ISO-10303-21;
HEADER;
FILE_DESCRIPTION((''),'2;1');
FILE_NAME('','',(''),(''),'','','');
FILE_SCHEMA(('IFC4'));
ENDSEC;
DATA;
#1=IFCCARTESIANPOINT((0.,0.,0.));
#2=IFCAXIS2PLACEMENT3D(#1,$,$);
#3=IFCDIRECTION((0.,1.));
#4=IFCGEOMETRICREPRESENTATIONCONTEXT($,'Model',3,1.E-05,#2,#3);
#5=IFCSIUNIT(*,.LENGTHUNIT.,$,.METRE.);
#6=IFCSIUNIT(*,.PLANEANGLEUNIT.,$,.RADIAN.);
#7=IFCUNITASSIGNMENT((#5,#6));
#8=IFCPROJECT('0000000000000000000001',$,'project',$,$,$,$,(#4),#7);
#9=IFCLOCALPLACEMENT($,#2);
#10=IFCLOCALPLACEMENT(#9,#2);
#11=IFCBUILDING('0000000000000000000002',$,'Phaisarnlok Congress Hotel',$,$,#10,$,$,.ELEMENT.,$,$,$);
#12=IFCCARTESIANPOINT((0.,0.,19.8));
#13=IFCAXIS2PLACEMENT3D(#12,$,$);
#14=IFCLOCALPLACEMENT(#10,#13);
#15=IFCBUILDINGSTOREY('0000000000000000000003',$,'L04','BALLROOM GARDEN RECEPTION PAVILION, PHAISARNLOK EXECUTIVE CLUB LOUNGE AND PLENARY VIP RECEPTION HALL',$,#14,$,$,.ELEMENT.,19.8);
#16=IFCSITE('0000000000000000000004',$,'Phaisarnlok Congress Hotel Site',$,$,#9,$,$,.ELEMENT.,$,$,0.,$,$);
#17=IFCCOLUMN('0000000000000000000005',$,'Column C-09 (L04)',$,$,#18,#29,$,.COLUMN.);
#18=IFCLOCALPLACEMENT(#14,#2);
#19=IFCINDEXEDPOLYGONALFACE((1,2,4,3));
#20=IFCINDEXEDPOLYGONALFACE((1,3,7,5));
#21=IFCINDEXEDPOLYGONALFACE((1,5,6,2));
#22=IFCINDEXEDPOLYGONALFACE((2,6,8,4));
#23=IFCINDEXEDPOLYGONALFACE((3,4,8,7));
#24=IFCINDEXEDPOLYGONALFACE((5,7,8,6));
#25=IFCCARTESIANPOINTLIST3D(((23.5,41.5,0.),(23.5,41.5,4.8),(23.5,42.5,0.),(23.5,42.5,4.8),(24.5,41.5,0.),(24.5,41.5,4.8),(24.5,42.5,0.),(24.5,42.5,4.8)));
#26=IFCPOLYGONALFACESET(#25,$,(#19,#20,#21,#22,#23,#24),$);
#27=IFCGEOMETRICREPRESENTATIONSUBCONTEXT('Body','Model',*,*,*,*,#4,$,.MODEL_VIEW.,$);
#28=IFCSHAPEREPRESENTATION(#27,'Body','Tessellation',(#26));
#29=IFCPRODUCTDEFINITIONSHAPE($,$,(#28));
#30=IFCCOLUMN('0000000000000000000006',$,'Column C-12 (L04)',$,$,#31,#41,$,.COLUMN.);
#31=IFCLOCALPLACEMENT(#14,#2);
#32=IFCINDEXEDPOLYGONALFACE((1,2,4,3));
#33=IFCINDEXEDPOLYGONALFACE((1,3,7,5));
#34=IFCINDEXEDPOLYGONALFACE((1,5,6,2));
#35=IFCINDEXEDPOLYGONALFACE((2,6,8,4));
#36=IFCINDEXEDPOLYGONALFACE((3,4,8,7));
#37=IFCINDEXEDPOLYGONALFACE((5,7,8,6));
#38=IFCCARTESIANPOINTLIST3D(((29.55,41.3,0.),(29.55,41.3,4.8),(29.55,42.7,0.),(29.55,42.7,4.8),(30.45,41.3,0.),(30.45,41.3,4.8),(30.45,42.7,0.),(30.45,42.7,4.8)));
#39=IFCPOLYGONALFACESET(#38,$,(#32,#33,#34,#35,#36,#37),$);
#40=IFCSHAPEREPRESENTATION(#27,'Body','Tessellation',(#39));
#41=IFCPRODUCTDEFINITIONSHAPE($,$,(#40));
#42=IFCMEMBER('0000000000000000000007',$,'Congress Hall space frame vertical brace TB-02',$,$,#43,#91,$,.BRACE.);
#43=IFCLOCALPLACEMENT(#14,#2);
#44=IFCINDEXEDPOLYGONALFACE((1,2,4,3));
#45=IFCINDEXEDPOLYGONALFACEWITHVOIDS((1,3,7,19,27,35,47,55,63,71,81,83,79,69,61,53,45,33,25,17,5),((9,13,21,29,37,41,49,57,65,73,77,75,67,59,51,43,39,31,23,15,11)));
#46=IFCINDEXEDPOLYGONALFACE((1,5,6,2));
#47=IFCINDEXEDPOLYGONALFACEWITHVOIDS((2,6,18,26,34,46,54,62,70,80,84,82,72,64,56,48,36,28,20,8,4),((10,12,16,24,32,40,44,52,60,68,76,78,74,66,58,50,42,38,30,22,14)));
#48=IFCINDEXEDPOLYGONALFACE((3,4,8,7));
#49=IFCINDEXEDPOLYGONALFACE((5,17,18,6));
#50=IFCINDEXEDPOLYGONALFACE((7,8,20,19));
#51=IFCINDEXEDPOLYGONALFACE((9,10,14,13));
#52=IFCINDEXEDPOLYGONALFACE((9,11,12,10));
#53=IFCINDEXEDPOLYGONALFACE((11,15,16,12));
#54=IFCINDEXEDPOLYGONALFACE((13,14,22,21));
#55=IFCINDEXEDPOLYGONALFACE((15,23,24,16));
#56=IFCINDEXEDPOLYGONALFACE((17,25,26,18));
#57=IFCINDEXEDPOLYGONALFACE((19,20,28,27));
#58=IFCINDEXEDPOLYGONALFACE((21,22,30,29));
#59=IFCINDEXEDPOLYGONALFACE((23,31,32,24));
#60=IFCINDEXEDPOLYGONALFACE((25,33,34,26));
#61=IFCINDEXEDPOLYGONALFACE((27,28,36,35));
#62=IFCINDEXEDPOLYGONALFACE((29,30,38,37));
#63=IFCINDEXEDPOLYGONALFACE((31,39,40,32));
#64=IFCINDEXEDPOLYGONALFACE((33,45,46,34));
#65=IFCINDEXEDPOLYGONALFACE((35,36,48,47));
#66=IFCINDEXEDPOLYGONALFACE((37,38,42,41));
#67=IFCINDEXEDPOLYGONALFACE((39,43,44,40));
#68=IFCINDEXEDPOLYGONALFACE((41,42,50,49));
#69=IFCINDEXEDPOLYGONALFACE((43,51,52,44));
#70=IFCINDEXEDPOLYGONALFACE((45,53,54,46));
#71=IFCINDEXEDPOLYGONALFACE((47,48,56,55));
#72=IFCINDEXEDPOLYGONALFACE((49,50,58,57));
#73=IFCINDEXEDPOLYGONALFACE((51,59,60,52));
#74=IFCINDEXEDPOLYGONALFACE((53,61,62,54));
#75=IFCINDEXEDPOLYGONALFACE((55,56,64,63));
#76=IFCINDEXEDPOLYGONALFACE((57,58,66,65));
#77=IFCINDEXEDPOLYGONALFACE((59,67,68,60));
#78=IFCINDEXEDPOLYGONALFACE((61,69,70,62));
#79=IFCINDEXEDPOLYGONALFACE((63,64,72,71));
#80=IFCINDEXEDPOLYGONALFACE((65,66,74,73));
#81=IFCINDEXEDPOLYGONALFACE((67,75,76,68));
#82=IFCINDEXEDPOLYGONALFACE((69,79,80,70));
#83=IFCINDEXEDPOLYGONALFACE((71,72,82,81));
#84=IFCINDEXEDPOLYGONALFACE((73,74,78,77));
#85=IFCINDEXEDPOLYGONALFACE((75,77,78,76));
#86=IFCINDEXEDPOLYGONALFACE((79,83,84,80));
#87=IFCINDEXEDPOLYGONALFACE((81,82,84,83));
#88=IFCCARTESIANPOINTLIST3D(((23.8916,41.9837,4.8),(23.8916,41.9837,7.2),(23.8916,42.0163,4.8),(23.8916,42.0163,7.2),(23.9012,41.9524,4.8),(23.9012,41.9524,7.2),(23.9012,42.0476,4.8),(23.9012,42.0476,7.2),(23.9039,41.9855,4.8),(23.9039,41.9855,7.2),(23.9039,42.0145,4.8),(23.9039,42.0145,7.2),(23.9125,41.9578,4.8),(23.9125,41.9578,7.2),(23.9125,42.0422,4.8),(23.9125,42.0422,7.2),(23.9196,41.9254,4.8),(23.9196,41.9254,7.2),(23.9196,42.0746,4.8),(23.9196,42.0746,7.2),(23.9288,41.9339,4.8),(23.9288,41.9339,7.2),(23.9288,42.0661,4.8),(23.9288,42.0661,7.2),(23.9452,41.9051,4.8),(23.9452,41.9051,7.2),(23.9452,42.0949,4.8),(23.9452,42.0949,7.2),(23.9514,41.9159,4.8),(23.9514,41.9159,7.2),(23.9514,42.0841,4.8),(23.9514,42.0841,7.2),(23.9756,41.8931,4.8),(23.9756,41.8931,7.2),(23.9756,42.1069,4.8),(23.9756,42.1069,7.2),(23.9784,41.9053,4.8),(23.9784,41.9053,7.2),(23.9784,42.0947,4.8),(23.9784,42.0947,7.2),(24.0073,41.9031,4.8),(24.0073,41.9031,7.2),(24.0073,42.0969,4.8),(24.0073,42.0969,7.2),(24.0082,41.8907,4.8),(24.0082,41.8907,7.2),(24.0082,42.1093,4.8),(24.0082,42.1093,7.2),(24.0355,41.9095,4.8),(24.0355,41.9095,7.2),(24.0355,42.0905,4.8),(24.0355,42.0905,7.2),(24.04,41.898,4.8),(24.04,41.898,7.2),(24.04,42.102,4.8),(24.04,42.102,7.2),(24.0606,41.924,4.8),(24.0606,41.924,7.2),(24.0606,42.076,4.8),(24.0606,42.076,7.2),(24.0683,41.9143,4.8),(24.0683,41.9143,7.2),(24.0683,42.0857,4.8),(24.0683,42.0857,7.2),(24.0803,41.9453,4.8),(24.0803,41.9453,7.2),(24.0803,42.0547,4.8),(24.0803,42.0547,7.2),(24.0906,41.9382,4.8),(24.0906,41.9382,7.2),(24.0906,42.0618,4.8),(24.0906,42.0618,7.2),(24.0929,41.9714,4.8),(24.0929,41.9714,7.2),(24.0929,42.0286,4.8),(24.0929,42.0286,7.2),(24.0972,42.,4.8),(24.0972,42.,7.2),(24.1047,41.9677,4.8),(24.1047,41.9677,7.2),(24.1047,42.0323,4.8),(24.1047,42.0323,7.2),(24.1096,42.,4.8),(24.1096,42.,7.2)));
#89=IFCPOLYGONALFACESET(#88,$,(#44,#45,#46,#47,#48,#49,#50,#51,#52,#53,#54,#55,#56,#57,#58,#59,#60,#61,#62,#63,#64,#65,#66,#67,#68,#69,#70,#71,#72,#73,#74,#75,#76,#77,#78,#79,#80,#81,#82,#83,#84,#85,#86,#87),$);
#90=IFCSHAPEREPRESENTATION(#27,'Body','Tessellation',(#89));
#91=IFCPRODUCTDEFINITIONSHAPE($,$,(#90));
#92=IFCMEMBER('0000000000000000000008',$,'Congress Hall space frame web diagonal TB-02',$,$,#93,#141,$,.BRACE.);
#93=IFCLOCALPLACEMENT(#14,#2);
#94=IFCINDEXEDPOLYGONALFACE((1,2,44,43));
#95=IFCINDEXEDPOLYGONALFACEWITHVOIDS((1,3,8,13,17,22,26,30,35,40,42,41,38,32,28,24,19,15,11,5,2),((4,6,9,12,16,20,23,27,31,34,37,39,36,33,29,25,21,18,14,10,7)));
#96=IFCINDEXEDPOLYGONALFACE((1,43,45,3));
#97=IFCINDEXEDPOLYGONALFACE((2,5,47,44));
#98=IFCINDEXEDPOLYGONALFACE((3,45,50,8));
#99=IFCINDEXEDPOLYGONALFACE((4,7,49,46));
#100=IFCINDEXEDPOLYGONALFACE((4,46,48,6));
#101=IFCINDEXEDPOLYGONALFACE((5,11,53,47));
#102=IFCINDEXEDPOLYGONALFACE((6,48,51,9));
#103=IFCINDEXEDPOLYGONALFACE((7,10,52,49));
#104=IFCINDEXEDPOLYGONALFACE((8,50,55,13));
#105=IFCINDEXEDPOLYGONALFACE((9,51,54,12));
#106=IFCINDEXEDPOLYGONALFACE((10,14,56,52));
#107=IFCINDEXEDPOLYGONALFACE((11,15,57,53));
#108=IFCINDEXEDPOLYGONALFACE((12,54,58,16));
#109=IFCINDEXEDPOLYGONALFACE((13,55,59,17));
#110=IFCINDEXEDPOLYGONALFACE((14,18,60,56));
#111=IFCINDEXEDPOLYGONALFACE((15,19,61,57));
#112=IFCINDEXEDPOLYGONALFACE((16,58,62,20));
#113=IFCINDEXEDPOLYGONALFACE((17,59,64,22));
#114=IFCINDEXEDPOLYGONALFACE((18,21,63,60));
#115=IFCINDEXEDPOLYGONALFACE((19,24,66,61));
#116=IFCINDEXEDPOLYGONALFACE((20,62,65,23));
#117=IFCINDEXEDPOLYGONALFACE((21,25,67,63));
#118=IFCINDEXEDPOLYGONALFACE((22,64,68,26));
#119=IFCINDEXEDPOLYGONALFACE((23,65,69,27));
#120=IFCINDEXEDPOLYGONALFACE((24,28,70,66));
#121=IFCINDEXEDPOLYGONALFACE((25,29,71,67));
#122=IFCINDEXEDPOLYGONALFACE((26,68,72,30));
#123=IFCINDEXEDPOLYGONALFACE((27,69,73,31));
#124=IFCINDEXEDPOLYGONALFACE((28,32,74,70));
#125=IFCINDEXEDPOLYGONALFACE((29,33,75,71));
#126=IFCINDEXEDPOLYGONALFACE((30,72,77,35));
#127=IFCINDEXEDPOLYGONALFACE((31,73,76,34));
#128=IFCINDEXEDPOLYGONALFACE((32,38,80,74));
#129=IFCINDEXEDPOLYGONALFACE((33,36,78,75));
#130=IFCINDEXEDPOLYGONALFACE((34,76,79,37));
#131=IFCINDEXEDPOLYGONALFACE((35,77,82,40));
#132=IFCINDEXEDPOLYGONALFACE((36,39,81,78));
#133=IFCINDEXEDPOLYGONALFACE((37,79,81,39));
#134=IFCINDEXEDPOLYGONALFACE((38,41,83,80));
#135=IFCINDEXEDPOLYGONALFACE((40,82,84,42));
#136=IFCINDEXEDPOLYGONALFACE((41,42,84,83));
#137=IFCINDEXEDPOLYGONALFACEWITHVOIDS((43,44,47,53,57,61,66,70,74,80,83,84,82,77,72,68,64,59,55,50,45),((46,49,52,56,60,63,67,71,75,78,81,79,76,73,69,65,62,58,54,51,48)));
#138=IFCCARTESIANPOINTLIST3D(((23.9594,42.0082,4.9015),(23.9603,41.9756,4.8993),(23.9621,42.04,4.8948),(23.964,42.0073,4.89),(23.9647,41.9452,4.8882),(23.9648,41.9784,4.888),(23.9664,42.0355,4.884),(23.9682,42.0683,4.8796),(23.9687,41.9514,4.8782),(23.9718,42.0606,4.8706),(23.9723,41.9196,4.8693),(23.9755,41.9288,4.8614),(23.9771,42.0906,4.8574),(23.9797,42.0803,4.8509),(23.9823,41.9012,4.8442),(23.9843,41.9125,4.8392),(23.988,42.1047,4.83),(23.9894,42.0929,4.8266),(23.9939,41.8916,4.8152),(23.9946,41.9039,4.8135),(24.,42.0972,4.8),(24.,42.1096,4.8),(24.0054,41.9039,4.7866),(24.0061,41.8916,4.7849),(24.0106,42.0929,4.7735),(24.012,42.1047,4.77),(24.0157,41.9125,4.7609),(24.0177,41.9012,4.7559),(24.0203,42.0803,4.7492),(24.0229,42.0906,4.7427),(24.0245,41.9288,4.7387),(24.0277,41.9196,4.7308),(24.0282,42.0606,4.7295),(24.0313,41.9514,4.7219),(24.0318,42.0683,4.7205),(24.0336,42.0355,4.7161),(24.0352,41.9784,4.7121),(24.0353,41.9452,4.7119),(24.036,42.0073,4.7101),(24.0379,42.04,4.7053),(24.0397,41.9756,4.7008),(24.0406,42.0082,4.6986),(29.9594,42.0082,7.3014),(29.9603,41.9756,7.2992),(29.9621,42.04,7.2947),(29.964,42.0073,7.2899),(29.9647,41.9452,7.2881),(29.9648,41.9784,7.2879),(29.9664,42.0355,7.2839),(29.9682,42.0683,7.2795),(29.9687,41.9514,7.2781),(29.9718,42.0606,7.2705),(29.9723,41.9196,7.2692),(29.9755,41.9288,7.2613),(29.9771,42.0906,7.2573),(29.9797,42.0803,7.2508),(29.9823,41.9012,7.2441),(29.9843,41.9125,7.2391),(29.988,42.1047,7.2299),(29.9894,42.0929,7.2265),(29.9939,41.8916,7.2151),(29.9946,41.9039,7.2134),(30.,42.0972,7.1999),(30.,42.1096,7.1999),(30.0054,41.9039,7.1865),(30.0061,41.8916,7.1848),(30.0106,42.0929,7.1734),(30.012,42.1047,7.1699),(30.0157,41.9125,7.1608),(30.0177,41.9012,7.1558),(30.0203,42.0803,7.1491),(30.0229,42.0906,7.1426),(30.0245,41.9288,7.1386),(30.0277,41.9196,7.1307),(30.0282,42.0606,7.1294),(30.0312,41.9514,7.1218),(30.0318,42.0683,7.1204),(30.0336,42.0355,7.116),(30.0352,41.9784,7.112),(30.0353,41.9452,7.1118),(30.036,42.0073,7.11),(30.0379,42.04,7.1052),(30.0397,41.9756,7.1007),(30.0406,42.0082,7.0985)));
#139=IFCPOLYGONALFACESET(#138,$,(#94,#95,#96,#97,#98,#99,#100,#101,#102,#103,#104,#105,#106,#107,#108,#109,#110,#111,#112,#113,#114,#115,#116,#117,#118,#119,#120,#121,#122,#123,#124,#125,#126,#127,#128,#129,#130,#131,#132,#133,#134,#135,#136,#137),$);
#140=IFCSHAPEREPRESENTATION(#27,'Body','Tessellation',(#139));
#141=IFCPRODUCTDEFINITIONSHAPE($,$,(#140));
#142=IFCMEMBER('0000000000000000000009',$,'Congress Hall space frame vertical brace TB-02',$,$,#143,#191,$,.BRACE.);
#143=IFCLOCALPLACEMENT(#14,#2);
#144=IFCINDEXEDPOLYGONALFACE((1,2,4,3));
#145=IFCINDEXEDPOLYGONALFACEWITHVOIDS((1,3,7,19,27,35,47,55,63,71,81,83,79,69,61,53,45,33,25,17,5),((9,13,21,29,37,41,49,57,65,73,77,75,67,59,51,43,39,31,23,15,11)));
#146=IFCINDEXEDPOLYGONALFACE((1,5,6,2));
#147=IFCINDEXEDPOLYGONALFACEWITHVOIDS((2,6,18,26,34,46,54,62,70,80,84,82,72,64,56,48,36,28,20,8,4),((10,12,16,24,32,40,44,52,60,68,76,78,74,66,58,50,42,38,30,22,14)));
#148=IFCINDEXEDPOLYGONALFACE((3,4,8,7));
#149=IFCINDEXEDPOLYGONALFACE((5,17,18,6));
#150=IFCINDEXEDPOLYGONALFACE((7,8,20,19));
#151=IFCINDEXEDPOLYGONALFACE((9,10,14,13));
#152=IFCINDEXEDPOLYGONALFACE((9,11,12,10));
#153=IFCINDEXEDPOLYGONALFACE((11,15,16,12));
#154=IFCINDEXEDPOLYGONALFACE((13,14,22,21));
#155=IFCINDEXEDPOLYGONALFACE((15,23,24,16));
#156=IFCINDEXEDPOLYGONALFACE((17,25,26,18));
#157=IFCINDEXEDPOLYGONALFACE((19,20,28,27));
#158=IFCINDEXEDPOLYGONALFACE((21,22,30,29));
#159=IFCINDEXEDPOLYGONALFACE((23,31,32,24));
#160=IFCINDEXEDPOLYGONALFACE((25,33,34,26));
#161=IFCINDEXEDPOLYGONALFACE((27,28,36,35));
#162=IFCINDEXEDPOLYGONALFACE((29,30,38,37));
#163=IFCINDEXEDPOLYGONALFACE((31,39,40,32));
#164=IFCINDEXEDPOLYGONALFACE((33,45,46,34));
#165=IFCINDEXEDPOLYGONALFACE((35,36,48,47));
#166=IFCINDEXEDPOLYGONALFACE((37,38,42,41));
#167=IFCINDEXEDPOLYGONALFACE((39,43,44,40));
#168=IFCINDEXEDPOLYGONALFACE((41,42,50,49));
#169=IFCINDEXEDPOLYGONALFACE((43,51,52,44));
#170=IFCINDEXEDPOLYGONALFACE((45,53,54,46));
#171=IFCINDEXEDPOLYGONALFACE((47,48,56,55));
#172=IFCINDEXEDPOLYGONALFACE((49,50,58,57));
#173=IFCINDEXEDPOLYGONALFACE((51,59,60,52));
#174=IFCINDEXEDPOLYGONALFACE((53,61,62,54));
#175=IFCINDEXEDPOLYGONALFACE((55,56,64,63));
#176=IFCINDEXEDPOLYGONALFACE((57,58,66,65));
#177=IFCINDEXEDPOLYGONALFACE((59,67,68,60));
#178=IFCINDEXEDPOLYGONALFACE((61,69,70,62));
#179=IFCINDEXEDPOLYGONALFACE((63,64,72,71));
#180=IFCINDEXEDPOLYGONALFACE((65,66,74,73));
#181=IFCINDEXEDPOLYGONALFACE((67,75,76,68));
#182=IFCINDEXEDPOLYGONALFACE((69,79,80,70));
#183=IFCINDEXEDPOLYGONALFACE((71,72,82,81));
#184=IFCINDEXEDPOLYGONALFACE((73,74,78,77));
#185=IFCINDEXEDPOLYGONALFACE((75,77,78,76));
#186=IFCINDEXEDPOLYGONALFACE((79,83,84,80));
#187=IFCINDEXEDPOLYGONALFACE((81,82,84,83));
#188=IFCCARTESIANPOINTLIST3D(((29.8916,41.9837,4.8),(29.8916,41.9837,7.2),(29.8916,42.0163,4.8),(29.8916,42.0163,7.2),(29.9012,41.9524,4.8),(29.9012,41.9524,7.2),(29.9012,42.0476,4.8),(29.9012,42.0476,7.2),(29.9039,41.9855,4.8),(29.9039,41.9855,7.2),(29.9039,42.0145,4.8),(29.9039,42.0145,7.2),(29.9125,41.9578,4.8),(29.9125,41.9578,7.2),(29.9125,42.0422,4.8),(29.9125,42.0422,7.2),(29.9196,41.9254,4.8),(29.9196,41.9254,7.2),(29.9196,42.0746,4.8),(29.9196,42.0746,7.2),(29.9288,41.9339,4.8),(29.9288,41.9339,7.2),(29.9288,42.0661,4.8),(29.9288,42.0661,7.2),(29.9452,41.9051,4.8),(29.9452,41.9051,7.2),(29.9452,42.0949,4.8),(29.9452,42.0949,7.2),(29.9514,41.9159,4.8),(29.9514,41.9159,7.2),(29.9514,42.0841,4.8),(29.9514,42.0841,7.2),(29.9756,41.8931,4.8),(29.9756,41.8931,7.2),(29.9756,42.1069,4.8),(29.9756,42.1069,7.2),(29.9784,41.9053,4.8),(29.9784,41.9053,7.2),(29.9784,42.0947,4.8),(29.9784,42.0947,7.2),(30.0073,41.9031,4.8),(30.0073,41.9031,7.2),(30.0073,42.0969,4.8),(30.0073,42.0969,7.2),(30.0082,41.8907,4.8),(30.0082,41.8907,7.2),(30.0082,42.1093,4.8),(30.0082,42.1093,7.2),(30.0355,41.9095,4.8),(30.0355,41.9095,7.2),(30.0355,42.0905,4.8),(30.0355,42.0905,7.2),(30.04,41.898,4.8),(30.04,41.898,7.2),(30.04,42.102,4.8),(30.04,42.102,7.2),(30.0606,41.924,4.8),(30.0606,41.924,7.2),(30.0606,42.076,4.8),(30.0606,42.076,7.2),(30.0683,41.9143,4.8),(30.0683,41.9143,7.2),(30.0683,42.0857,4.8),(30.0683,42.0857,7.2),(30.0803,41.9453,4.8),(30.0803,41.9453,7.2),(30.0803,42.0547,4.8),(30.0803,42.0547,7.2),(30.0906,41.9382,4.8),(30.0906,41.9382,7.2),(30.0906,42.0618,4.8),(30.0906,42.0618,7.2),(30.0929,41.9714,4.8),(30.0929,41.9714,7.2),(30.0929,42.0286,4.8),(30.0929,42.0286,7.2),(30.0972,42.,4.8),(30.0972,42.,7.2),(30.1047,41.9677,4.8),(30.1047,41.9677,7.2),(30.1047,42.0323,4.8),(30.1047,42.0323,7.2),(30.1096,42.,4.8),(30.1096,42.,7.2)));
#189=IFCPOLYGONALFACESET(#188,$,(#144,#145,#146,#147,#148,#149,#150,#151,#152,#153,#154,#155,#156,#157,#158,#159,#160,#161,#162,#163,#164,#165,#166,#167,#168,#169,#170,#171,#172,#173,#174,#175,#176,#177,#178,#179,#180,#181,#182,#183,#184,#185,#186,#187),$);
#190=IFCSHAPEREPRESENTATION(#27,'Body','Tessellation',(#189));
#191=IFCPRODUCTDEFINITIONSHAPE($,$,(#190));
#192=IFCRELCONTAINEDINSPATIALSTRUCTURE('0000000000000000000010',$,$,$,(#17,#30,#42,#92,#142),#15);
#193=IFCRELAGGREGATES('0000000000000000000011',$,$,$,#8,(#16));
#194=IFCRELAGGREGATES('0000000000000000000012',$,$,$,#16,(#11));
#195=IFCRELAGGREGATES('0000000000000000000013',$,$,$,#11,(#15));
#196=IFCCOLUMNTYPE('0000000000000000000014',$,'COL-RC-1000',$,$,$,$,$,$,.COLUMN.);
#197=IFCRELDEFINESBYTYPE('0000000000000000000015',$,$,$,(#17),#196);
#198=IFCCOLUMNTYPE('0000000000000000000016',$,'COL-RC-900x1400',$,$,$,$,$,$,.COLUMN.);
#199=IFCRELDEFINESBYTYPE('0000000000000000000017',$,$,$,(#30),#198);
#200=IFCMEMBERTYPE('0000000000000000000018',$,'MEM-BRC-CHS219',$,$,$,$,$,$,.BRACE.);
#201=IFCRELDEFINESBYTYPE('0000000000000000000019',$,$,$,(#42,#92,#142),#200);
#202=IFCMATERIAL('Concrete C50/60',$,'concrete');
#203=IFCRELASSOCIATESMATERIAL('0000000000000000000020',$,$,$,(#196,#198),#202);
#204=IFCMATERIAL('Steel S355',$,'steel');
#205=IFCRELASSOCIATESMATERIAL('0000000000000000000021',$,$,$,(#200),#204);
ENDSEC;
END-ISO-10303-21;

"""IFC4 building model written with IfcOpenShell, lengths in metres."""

from ifc_helpers import new_model, si_unit, direction, frame, origin, origin_2d, place, context, subcontext, project, spatial, rectangle, hollow_circle, extrude, material, material_profile, profile_set, type_object, element, save


model = new_model("IFC4")

# Units and contexts
model_context = context("Model", 3, precision=1e-05, world=origin(), true_north=direction((0.0, 1.0)))
body_context = subcontext(model_context, "Body", "Model", "MODEL_VIEW")
ifc_project = project(units=[si_unit("LENGTHUNIT", "METRE"), si_unit("PLANEANGLEUNIT", "RADIAN")], contexts=[model_context])

# Site, building, storey
site_placement = place(None, origin())
site = spatial("IfcSite", under=ifc_project, at=site_placement, Name="Phaisarnlok Congress Hotel Site", CompositionType="ELEMENT", RefElevation=0.0)
building_placement = place(site_placement, origin())
building = spatial("IfcBuilding", under=site, at=building_placement, Name="Phaisarnlok Congress Hotel", CompositionType="ELEMENT")
storey_placement = place(building_placement, frame((0.0, 0.0, 19.8)))
storey = spatial("IfcBuildingStorey", under=building, at=storey_placement, Name="L04", Description="BALLROOM GARDEN RECEPTION PAVILION, PHAISARNLOK EXECUTIVE CLUB LOUNGE AND PLENARY VIP RECEPTION HALL", CompositionType="ELEMENT", Elevation=19.8)

# Columns
ifc_material_1 = material(Name="Concrete C50/60", Category="concrete")
ifc_material_profile_1 = material_profile(ifc_material_1, rectangle(XDim=1.0, YDim=1.0, at=origin_2d()), Name="RC 1000x1000")
ifc_profile_set_1 = profile_set([ifc_material_profile_1], Name="Concrete C50/60")
column_type_1 = type_object("IfcColumnType", Name="COL-RC-1000", PredefinedType="COLUMN", material=ifc_profile_set_1)
column_1_placement = place(storey_placement, frame((24.0, 42.0, 0.0), z_axis=(0.0, 0.0, 1.0), x_axis=(1.0, 0.0, 0.0)))
element("IfcColumn", 1, at=column_1_placement, inside=storey, type_object=column_type_1, Name="Column C-09 (L04)", PredefinedType="COLUMN", context=body_context, shape_type="SweptSolid", body=[
    extrude(rectangle(XDim=1.0, YDim=1.0, at=origin_2d()), origin(), (0.0, 0.0, 1.0), 4.8),
])
ifc_material_profile_2 = material_profile(ifc_material_1, rectangle(XDim=0.8999, YDim=1.3999, at=origin_2d()), Name="RC 900x1400")
ifc_profile_set_2 = profile_set([ifc_material_profile_2], Name="Concrete C50/60")
column_type_2 = type_object("IfcColumnType", Name="COL-RC-900x1400", PredefinedType="COLUMN", material=ifc_profile_set_2)
column_2_placement = place(storey_placement, frame((30.0, 42.0, 0.0), z_axis=(0.0, 0.0, 1.0), x_axis=(1.0, 0.0, 0.0)))
element("IfcColumn", 2, at=column_2_placement, inside=storey, type_object=column_type_2, Name="Column C-12 (L04)", PredefinedType="COLUMN", context=body_context, shape_type="SweptSolid", body=[
    extrude(rectangle(XDim=0.8999, YDim=1.3999, at=origin_2d()), origin(), (0.0, 0.0, 1.0), 4.8),
])

# Members
ifc_material_2 = material(Name="Steel S355", Category="steel")
ifc_material_profile_3 = material_profile(ifc_material_2, hollow_circle(Radius=0.1096, WallThickness=0.0125, at=origin_2d()), Name="CHS 219.1x12.5")
ifc_profile_set_3 = profile_set([ifc_material_profile_3], Name="Steel S355")
member_type_1 = type_object("IfcMemberType", Name="MEM-BRC-CHS219", PredefinedType="BRACE", material=ifc_profile_set_3)
member_1_placement = place(storey_placement, frame((24.0, 42.0, 4.8), z_axis=(0.0, 0.0, 1.0), x_axis=(1.0, 0.0, 0.0)))
element("IfcMember", 3, at=member_1_placement, inside=storey, type_object=member_type_1, Name="Congress Hall space frame vertical brace TB-02", PredefinedType="BRACE", context=body_context, shape_type="SweptSolid", body=[
    extrude(hollow_circle(Radius=0.1096, WallThickness=0.0125, at=origin_2d()), origin(), (0.0, 0.0, 1.0), 2.3999),
])
member_2_placement = place(storey_placement, frame((24.0, 42.0, 4.8), z_axis=(0.928482, 0.0, 0.371378), x_axis=(0.0, 1.0, 0.0)))
element("IfcMember", 4, at=member_2_placement, inside=storey, type_object=member_type_1, Name="Congress Hall space frame web diagonal TB-02", PredefinedType="BRACE", context=body_context, shape_type="SweptSolid", body=[
    extrude(hollow_circle(Radius=0.1096, WallThickness=0.0125, at=origin_2d()), origin(), (0.0, 0.0, 1.0), 6.4622),
])
member_3_placement = place(storey_placement, frame((30.0, 42.0, 4.8), z_axis=(0.0, 0.0, 1.0), x_axis=(1.0, 0.0, 0.0)))
element("IfcMember", 5, at=member_3_placement, inside=storey, type_object=member_type_1, Name="Congress Hall space frame vertical brace TB-02", PredefinedType="BRACE", context=body_context, shape_type="SweptSolid", body=[
    extrude(hollow_circle(Radius=0.1096, WallThickness=0.0125, at=origin_2d()), origin(), (0.0, 0.0, 1.0), 2.3999),
])

save(model, "model.ifc")
